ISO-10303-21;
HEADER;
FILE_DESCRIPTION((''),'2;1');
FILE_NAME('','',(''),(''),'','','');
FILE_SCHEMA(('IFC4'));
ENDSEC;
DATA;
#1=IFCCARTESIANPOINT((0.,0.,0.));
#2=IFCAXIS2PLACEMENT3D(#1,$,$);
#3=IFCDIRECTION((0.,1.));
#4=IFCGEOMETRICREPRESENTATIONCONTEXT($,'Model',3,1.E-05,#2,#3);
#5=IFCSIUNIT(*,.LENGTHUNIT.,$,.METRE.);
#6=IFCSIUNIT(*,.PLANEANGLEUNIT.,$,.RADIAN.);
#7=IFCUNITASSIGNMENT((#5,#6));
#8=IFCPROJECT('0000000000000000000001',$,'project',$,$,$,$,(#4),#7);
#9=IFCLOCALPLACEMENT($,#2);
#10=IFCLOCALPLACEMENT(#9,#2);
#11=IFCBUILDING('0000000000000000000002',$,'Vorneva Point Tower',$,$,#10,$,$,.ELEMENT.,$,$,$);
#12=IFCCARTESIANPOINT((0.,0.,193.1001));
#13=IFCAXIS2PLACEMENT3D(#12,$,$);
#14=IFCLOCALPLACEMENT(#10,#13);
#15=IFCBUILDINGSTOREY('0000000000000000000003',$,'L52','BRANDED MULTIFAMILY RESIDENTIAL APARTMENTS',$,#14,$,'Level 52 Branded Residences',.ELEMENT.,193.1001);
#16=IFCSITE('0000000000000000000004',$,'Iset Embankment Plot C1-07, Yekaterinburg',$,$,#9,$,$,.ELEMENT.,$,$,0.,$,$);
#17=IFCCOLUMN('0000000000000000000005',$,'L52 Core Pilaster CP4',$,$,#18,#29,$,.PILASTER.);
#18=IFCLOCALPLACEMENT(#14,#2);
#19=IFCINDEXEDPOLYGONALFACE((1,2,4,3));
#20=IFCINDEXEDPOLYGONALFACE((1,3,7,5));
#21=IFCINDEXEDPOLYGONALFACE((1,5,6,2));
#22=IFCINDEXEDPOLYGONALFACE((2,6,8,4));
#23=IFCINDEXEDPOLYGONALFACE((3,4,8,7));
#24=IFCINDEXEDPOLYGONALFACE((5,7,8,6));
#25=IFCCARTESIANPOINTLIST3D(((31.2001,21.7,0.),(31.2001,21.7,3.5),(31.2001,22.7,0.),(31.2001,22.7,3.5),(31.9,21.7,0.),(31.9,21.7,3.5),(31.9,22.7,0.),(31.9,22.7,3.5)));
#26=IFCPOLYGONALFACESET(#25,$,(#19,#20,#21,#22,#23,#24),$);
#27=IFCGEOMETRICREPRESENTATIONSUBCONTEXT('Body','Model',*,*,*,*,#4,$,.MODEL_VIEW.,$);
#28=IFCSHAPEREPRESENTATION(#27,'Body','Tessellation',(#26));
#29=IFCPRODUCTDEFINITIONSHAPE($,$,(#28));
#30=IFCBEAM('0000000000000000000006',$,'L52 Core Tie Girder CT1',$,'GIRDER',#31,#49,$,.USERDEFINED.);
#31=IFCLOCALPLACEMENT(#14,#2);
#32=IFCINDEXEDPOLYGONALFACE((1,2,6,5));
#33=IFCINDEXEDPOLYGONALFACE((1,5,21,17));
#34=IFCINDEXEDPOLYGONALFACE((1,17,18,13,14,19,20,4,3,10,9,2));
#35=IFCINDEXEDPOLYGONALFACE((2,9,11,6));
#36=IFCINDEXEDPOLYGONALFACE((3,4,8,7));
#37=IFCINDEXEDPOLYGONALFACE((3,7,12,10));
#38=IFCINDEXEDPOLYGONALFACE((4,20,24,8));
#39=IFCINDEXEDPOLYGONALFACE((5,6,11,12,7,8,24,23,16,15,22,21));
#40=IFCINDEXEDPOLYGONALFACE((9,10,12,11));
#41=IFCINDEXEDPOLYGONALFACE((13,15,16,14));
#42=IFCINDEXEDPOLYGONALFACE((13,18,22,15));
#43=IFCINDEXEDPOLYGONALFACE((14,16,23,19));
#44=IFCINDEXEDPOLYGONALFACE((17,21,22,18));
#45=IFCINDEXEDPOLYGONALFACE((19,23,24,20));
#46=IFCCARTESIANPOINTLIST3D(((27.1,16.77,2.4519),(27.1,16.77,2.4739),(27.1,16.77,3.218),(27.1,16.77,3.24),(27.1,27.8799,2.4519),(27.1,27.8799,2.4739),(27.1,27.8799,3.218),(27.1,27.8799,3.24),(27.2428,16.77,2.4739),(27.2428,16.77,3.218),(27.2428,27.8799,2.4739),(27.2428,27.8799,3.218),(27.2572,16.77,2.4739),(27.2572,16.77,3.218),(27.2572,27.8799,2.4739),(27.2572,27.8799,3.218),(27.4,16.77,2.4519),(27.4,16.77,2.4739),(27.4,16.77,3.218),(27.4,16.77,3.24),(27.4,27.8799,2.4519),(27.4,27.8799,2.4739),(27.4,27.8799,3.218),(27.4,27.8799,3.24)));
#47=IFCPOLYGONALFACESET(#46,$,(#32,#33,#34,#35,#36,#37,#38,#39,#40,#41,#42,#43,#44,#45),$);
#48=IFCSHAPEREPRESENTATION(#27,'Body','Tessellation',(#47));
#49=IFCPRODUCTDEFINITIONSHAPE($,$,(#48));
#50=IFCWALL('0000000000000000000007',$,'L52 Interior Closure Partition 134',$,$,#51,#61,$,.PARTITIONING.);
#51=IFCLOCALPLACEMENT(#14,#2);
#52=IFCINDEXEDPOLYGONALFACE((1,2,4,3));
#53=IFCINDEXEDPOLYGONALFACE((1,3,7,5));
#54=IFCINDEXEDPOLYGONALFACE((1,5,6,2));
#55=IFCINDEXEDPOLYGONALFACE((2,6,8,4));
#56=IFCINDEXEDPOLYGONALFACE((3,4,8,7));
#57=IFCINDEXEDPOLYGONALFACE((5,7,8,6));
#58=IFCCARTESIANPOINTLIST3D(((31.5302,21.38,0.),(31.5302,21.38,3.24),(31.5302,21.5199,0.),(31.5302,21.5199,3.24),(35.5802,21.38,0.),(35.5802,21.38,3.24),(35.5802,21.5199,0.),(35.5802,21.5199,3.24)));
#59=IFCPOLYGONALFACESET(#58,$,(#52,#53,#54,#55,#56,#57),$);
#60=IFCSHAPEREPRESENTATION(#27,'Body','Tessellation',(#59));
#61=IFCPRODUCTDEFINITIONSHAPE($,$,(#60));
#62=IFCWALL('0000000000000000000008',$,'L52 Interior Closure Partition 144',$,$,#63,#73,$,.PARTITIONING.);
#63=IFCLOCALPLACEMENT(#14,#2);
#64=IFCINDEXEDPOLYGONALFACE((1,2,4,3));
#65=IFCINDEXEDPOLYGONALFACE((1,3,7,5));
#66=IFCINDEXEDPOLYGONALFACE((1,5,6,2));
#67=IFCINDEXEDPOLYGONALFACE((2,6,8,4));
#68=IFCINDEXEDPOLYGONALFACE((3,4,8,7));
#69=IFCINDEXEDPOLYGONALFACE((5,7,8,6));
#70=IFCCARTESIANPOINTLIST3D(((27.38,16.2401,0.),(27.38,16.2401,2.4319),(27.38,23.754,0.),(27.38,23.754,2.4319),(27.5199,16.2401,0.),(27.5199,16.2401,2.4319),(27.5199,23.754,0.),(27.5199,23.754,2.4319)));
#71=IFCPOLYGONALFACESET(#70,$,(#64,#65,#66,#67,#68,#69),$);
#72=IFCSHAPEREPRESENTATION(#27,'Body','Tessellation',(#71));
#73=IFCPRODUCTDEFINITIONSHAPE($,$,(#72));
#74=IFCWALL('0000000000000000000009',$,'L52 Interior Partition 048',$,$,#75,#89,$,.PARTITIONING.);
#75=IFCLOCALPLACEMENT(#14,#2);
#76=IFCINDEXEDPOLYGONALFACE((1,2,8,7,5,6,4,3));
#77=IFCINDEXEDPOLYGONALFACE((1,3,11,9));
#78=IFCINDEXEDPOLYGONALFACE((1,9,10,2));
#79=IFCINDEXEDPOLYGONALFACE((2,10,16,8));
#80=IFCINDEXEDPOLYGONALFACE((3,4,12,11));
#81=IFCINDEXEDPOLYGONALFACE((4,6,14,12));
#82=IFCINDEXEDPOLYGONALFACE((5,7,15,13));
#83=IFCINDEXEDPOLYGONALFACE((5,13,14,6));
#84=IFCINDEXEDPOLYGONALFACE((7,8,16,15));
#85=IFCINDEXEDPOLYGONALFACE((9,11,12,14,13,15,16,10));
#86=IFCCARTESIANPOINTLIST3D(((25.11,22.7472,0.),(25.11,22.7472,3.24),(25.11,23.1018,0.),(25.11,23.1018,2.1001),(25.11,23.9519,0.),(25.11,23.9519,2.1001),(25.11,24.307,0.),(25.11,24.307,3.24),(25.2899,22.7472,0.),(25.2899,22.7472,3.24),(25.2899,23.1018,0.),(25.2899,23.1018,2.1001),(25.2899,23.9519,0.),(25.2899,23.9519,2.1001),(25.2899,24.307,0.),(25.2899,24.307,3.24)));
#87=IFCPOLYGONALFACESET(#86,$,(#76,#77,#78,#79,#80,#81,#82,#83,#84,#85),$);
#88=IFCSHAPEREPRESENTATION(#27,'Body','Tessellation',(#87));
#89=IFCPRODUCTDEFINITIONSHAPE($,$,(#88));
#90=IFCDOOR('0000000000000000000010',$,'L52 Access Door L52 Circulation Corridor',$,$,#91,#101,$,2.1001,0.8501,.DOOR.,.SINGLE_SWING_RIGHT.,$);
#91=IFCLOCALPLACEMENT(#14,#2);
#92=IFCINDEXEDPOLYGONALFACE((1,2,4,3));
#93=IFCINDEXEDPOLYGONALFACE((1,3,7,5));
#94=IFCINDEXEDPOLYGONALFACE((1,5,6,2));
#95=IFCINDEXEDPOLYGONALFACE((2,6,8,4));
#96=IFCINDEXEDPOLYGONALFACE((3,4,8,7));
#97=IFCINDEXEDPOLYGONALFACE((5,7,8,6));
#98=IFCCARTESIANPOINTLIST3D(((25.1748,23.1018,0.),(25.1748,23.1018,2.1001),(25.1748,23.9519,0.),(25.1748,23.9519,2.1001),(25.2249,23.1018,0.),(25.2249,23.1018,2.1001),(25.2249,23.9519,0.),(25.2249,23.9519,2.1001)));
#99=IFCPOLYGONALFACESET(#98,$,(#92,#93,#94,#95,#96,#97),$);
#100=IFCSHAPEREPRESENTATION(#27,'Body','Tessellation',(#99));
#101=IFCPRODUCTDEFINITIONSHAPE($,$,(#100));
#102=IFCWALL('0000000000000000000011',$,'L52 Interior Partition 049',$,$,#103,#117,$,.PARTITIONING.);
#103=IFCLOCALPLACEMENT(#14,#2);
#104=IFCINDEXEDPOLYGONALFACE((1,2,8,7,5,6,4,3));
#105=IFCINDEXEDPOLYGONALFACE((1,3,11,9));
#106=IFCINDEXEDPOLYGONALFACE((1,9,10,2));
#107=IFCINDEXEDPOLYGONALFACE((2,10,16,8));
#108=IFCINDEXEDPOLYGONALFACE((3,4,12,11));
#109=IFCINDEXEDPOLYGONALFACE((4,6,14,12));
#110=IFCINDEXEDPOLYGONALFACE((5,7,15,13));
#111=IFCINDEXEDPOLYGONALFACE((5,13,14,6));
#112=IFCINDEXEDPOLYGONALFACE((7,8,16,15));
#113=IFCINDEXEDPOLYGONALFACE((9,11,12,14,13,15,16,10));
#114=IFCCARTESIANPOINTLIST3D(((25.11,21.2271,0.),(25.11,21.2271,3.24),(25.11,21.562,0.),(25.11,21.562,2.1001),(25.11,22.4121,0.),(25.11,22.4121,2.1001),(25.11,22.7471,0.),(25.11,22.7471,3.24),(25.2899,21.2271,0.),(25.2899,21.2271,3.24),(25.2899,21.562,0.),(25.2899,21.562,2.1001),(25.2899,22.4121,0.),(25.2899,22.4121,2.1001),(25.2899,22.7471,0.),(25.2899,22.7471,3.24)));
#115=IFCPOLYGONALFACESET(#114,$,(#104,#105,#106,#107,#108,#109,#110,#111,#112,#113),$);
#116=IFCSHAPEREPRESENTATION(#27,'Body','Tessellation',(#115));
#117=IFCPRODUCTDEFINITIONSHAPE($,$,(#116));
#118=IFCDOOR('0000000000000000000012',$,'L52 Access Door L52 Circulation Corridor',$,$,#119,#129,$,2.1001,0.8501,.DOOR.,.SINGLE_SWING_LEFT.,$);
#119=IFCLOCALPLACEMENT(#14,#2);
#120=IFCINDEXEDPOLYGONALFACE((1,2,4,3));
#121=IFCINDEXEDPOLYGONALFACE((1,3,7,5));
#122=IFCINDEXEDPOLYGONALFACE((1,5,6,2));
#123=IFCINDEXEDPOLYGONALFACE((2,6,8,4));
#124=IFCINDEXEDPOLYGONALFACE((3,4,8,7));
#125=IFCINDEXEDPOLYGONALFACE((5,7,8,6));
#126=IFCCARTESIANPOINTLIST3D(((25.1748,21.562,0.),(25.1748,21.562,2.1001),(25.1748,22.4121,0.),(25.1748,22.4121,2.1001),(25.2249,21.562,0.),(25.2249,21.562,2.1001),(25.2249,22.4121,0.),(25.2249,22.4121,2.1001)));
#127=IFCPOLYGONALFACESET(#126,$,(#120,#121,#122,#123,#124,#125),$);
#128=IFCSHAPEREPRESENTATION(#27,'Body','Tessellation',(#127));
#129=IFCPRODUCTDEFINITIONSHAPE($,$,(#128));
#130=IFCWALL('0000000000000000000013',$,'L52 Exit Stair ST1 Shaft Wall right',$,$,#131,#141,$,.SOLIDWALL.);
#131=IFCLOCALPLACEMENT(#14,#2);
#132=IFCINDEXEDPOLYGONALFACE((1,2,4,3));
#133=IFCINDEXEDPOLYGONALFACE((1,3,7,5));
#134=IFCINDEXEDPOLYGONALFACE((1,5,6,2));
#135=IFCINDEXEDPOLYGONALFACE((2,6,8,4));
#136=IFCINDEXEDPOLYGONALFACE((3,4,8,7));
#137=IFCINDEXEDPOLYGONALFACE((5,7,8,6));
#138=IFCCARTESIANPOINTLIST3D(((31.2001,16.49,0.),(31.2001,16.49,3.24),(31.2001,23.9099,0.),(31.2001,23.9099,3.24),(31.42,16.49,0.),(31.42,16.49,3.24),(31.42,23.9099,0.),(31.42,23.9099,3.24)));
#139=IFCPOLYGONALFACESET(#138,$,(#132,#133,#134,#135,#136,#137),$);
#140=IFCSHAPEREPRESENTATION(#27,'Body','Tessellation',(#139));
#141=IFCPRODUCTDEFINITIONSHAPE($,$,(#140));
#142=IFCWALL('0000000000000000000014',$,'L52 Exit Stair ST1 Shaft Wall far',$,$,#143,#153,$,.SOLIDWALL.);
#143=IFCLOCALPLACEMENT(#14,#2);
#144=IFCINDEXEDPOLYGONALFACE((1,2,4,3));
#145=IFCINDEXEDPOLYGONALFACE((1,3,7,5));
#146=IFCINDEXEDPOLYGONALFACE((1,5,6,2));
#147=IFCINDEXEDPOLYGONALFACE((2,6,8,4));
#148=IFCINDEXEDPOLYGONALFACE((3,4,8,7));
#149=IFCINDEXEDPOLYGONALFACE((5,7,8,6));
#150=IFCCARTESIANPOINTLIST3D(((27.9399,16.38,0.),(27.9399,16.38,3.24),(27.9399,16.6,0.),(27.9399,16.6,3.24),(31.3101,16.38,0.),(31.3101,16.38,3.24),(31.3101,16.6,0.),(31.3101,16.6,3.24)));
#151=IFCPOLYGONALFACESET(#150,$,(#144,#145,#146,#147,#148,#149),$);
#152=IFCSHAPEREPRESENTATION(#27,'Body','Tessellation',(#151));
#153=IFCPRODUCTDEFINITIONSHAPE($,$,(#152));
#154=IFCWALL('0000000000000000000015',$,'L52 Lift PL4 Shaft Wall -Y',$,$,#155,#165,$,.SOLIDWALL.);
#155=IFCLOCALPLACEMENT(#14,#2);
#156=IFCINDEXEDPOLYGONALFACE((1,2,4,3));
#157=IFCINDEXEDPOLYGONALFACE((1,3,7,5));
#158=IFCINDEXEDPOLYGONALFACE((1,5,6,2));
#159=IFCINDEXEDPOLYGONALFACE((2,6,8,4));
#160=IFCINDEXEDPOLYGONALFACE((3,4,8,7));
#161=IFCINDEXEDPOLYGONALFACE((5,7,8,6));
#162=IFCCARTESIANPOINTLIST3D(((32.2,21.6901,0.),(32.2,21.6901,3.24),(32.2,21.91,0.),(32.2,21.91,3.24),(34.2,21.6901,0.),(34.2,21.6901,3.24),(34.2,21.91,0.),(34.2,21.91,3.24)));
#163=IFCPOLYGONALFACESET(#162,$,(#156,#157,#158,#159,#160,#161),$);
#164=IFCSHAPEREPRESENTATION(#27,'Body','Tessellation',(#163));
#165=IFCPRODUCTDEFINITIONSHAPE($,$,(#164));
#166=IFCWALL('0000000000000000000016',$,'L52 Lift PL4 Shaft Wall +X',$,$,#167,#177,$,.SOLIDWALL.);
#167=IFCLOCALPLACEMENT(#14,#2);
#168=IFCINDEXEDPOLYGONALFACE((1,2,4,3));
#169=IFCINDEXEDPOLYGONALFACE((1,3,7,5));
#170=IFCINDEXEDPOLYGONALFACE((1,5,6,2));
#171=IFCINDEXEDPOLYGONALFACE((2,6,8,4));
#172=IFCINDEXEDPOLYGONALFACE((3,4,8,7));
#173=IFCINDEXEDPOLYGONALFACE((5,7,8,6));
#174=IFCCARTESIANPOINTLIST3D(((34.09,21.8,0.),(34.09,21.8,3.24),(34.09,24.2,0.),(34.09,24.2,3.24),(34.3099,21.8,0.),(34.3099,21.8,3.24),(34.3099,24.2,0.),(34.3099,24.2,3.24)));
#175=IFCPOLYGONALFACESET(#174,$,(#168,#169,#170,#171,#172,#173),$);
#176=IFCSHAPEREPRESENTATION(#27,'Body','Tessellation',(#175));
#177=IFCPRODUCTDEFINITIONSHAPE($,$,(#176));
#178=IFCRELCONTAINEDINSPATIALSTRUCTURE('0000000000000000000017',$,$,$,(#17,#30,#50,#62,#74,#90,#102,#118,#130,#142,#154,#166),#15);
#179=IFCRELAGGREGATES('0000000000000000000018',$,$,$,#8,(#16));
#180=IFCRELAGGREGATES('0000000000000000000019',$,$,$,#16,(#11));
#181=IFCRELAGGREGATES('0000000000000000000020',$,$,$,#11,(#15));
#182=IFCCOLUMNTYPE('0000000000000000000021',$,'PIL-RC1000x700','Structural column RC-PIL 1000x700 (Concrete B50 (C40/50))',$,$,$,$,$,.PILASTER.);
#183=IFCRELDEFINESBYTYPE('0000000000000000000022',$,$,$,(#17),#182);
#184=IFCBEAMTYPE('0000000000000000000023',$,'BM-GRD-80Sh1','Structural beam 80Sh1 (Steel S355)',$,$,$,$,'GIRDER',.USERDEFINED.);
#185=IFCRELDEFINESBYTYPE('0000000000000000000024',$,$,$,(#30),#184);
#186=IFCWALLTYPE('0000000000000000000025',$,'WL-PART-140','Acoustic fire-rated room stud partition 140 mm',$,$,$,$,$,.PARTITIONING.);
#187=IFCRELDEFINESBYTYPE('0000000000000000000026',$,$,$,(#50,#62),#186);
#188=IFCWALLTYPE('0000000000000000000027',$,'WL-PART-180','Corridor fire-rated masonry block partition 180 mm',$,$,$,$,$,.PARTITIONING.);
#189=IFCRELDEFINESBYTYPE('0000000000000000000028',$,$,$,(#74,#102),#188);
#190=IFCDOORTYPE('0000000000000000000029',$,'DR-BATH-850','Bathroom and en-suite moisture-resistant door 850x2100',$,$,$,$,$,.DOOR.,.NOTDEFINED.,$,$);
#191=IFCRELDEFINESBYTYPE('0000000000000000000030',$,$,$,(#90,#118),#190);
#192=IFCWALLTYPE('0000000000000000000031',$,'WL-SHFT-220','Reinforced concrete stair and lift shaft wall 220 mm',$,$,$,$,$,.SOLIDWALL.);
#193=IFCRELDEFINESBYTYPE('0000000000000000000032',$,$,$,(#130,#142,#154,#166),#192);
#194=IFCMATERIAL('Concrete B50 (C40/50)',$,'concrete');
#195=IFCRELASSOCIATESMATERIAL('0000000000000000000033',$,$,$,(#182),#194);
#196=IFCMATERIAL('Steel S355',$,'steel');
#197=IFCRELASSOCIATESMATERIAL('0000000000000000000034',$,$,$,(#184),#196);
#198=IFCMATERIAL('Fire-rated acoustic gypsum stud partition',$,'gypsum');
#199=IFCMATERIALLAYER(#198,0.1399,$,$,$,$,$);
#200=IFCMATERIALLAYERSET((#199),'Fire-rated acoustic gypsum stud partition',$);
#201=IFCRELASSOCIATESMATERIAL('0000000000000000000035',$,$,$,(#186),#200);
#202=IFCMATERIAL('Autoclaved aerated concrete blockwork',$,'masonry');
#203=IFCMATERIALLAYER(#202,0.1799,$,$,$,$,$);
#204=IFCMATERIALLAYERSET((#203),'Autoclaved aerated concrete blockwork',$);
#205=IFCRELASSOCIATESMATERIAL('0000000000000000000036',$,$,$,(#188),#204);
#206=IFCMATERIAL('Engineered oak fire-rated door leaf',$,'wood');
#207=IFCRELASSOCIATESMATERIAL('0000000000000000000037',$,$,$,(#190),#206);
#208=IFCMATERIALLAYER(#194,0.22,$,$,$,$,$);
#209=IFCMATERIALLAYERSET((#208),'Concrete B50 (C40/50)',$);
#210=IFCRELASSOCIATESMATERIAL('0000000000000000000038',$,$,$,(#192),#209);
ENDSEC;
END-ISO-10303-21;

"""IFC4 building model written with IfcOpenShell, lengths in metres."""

from ifc_helpers import new_model, si_unit, direction, frame, frame_2d, origin, origin_2d, place, context, subcontext, project, spatial, rectangle, i_section, extrude, material, layer, layer_set, material_profile, profile_set, type_object, element, fill, save


model = new_model("IFC4")

# Units and contexts
model_context = context("Model", 3, precision=1e-05, world=origin(), true_north=direction((0.0, 1.0)))
body_context = subcontext(model_context, "Body", "Model", "MODEL_VIEW")
ifc_project = project(units=[si_unit("LENGTHUNIT", "METRE"), si_unit("PLANEANGLEUNIT", "RADIAN")], contexts=[model_context])

# Site, building, storey
site_placement = place(None, origin())
site = spatial("IfcSite", under=ifc_project, at=site_placement, Name="Iset Embankment Plot C1-07, Yekaterinburg", CompositionType="ELEMENT", RefElevation=0.0)
building_placement = place(site_placement, origin())
building = spatial("IfcBuilding", under=site, at=building_placement, Name="Vorneva Point Tower", CompositionType="ELEMENT")
storey_placement = place(building_placement, frame((0.0, 0.0, 193.1001)))
storey = spatial("IfcBuildingStorey", under=building, at=storey_placement, Name="L52", Description="BRANDED MULTIFAMILY RESIDENTIAL APARTMENTS", LongName="Level 52 Branded Residences", CompositionType="ELEMENT", Elevation=193.1001)

# Column
ifc_material_1 = material(Name="Concrete B50 (C40/50)", Category="concrete")
ifc_material_profile_1 = material_profile(ifc_material_1, rectangle(XDim=0.7, YDim=1.0, at=origin_2d()), Name="RC-PIL 1000x700")
ifc_profile_set_1 = profile_set([ifc_material_profile_1], Name="Concrete B50 (C40/50)")
column_type = type_object("IfcColumnType", Name="PIL-RC1000x700", Description="Structural column RC-PIL 1000x700 (Concrete B50 (C40/50))", PredefinedType="PILASTER", material=ifc_profile_set_1)
column_placement = place(storey_placement, frame((31.55, 22.2, 0.0), z_axis=(0.0, 0.0, 1.0), x_axis=(1.0, 0.0, 0.0)))
element("IfcColumn", 1, at=column_placement, inside=storey, type_object=column_type, Name="L52 Core Pilaster CP4", PredefinedType="PILASTER", context=body_context, shape_type="SweptSolid", body=[
    extrude(rectangle(XDim=0.7, YDim=1.0, at=origin_2d()), origin(), (0.0, 0.0, 1.0), 3.5),
])

# Beam
ifc_material_2 = material(Name="Steel S355", Category="steel")
ifc_material_profile_2 = material_profile(ifc_material_2, i_section(OverallWidth=0.3, OverallDepth=0.7881, WebThickness=0.0144, FlangeThickness=0.022, at=origin_2d()), Name="80Sh1")
ifc_profile_set_2 = profile_set([ifc_material_profile_2], Name="Steel S355")
beam_type = type_object("IfcBeamType", Name="BM-GRD-80Sh1", Description="Structural beam 80Sh1 (Steel S355)", ElementType="GIRDER", PredefinedType="USERDEFINED", material=ifc_profile_set_2)
beam_placement = place(storey_placement, frame((27.25, 16.77, 2.8459), z_axis=(0.0, 1.0, 0.0), x_axis=(-1.0, 0.0, 0.0)))
element("IfcBeam", 2, at=beam_placement, inside=storey, type_object=beam_type, Name="L52 Core Tie Girder CT1", ObjectType="GIRDER", PredefinedType="USERDEFINED", context=body_context, shape_type="SweptSolid", body=[
    extrude(i_section(OverallWidth=0.3, OverallDepth=0.7881, WebThickness=0.0144, FlangeThickness=0.022, at=origin_2d()), origin(), (0.0, 0.0, 1.0), 11.1099),
])

# Walls
ifc_material_3 = material(Name="Fire-rated acoustic gypsum stud partition", Category="gypsum")
ifc_layer_1 = layer(ifc_material_3, 0.1399)
ifc_layer_set_1 = layer_set([ifc_layer_1], Name="Fire-rated acoustic gypsum stud partition")
wall_type_1 = type_object("IfcWallType", Name="WL-PART-140", Description="Acoustic fire-rated room stud partition 140 mm", PredefinedType="PARTITIONING", material=ifc_layer_set_1)
wall_1_placement = place(storey_placement, frame((35.5801, 21.45, 0.0), z_axis=(0.0, 0.0, 1.0), x_axis=(-1.0, 0.0, 0.0)))
element("IfcWall", 3, at=wall_1_placement, inside=storey, type_object=wall_type_1, Name="L52 Interior Closure Partition 134", PredefinedType="PARTITIONING", context=body_context, shape_type="SweptSolid", body=[
    extrude(rectangle(XDim=4.05, YDim=0.1399, at=frame_2d((2.0249, 0.0))), origin(), (0.0, 0.0, 1.0), 3.24),
])
wall_2_placement = place(storey_placement, frame((27.45, 23.7539, 0.0), z_axis=(0.0, 0.0, 1.0), x_axis=(0.0, -1.0, 0.0)))
element("IfcWall", 4, at=wall_2_placement, inside=storey, type_object=wall_type_1, Name="L52 Interior Closure Partition 144", PredefinedType="PARTITIONING", context=body_context, shape_type="SweptSolid", body=[
    extrude(rectangle(XDim=7.5139, YDim=0.1399, at=frame_2d((3.7568, 0.0))), origin(), (0.0, 0.0, 1.0), 2.4319),
])

# Walls, openings, doors
ifc_material_4 = material(Name="Autoclaved aerated concrete blockwork", Category="masonry")
ifc_layer_2 = layer(ifc_material_4, 0.1799)
ifc_layer_set_2 = layer_set([ifc_layer_2], Name="Autoclaved aerated concrete blockwork")
wall_type_2 = type_object("IfcWallType", Name="WL-PART-180", Description="Corridor fire-rated masonry block partition 180 mm", PredefinedType="PARTITIONING", material=ifc_layer_set_2)
wall_3_placement = place(storey_placement, frame((25.2, 24.3069, 0.0), z_axis=(0.0, 0.0, 1.0), x_axis=(0.0, -1.0, 0.0)))
wall_3 = element("IfcWall", 5, at=wall_3_placement, inside=storey, type_object=wall_type_2, Name="L52 Interior Partition 048", PredefinedType="PARTITIONING", context=body_context, shape_type="SweptSolid", body=[
    extrude(rectangle(XDim=1.5598, YDim=0.1799, at=frame_2d((0.7798, 0.0))), origin(), (0.0, 0.0, 1.0), 3.24),
])
opening_1_placement = place(wall_3_placement, frame((0.355, 0.0, 0.0)))
opening_1 = element("IfcOpeningElement", 6, at=opening_1_placement, cuts=wall_3, PredefinedType="OPENING", context=body_context, shape_type="SweptSolid", body=[
    extrude(rectangle(XDim=0.8501, YDim=2.1001, at=frame_2d((0.425, 1.05))), frame((0.0, 0.105, 0.0), z_axis=(0.0, -1.0, 0.0), x_axis=(1.0, 0.0, 0.0)), (0.0, 0.0, 1.0), 0.2097),
])
ifc_material_5 = material(Name="Engineered oak fire-rated door leaf", Category="wood")
door_type_1 = type_object("IfcDoorType", Name="DR-BATH-850", Description="Bathroom and en-suite moisture-resistant door 850x2100", OperationType="NOTDEFINED", PredefinedType="DOOR", material=ifc_material_5)
door_1_placement = place(opening_1_placement, origin())
door_1 = element("IfcDoor", 7, at=door_1_placement, inside=storey, type_object=door_type_1, Name="L52 Access Door L52 Circulation Corridor", OperationType="SINGLE_SWING_RIGHT", OverallHeight=2.1001, OverallWidth=0.8501, PredefinedType="DOOR", context=body_context, shape_type="SweptSolid", body=[
    extrude(rectangle(XDim=0.8501, YDim=2.1001, at=frame_2d((0.425, 1.05))), frame((0.0, 0.0249, 0.0), z_axis=(0.0, -1.0, 0.0), x_axis=(1.0, 0.0, 0.0)), (0.0, 0.0, 1.0), 0.05),
])
fill(opening_1, door_1)
wall_4_placement = place(storey_placement, frame((25.2, 22.7471, 0.0), z_axis=(0.0, 0.0, 1.0), x_axis=(0.0, -1.0, 0.0)))
wall_4 = element("IfcWall", 8, at=wall_4_placement, inside=storey, type_object=wall_type_2, Name="L52 Interior Partition 049", PredefinedType="PARTITIONING", context=body_context, shape_type="SweptSolid", body=[
    extrude(rectangle(XDim=1.52, YDim=0.1799, at=frame_2d((0.76, 0.0))), origin(), (0.0, 0.0, 1.0), 3.24),
])
opening_2_placement = place(wall_4_placement, frame((0.335, 0.0, 0.0)))
opening_2 = element("IfcOpeningElement", 9, at=opening_2_placement, cuts=wall_4, PredefinedType="OPENING", context=body_context, shape_type="SweptSolid", body=[
    extrude(rectangle(XDim=0.8501, YDim=2.1001, at=frame_2d((0.425, 1.05))), frame((0.0, 0.105, 0.0), z_axis=(0.0, -1.0, 0.0), x_axis=(1.0, 0.0, 0.0)), (0.0, 0.0, 1.0), 0.2097),
])
door_2_placement = place(opening_2_placement, origin())
door_2 = element("IfcDoor", 10, at=door_2_placement, inside=storey, type_object=door_type_1, Name="L52 Access Door L52 Circulation Corridor", OperationType="SINGLE_SWING_LEFT", OverallHeight=2.1001, OverallWidth=0.8501, PredefinedType="DOOR", context=body_context, shape_type="SweptSolid", body=[
    extrude(rectangle(XDim=0.8501, YDim=2.1001, at=frame_2d((0.425, 1.05))), frame((0.0, 0.0249, 0.0), z_axis=(0.0, -1.0, 0.0), x_axis=(1.0, 0.0, 0.0)), (0.0, 0.0, 1.0), 0.05),
])
fill(opening_2, door_2)
ifc_layer_3 = layer(ifc_material_1, 0.22)
ifc_layer_set_3 = layer_set([ifc_layer_3], Name="Concrete B50 (C40/50)")
wall_type_3 = type_object("IfcWallType", Name="WL-SHFT-220", Description="Reinforced concrete stair and lift shaft wall 220 mm", PredefinedType="SOLIDWALL", material=ifc_layer_set_3)

# Walls
wall_5_placement = place(storey_placement, frame((31.3101, 23.9099, 0.0), z_axis=(0.0, 0.0, 1.0), x_axis=(0.0, -1.0, 0.0)))
element("IfcWall", 11, at=wall_5_placement, inside=storey, type_object=wall_type_3, Name="L52 Exit Stair ST1 Shaft Wall right", PredefinedType="SOLIDWALL", context=body_context, shape_type="SweptSolid", body=[
    extrude(rectangle(XDim=7.4199, YDim=0.22, at=frame_2d((3.71, 0.0))), origin(), (0.0, 0.0, 1.0), 3.24),
])
wall_6_placement = place(storey_placement, frame((31.3101, 16.49, 0.0), z_axis=(0.0, 0.0, 1.0), x_axis=(-1.0, 0.0, 0.0)))
element("IfcWall", 12, at=wall_6_placement, inside=storey, type_object=wall_type_3, Name="L52 Exit Stair ST1 Shaft Wall far", PredefinedType="SOLIDWALL", context=body_context, shape_type="SweptSolid", body=[
    extrude(rectangle(XDim=3.3701, YDim=0.22, at=frame_2d((1.6851, 0.0))), origin(), (0.0, 0.0, 1.0), 3.24),
])
wall_7_placement = place(storey_placement, frame((32.2, 21.8, 0.0), z_axis=(0.0, 0.0, 1.0), x_axis=(1.0, 0.0, 0.0)))
element("IfcWall", 13, at=wall_7_placement, inside=storey, type_object=wall_type_3, Name="L52 Lift PL4 Shaft Wall -Y", PredefinedType="SOLIDWALL", context=body_context, shape_type="SweptSolid", body=[
    extrude(rectangle(XDim=2.0, YDim=0.22, at=frame_2d((1.0, 0.0))), origin(), (0.0, 0.0, 1.0), 3.24),
])
wall_8_placement = place(storey_placement, frame((34.2, 21.8, 0.0), z_axis=(0.0, 0.0, 1.0), x_axis=(0.0, 1.0, 0.0)))
element("IfcWall", 14, at=wall_8_placement, inside=storey, type_object=wall_type_3, Name="L52 Lift PL4 Shaft Wall +X", PredefinedType="SOLIDWALL", context=body_context, shape_type="SweptSolid", body=[
    extrude(rectangle(XDim=2.3999, YDim=0.22, at=frame_2d((1.2, 0.0))), origin(), (0.0, 0.0, 1.0), 3.24),
])

save(model, "model.ifc")
